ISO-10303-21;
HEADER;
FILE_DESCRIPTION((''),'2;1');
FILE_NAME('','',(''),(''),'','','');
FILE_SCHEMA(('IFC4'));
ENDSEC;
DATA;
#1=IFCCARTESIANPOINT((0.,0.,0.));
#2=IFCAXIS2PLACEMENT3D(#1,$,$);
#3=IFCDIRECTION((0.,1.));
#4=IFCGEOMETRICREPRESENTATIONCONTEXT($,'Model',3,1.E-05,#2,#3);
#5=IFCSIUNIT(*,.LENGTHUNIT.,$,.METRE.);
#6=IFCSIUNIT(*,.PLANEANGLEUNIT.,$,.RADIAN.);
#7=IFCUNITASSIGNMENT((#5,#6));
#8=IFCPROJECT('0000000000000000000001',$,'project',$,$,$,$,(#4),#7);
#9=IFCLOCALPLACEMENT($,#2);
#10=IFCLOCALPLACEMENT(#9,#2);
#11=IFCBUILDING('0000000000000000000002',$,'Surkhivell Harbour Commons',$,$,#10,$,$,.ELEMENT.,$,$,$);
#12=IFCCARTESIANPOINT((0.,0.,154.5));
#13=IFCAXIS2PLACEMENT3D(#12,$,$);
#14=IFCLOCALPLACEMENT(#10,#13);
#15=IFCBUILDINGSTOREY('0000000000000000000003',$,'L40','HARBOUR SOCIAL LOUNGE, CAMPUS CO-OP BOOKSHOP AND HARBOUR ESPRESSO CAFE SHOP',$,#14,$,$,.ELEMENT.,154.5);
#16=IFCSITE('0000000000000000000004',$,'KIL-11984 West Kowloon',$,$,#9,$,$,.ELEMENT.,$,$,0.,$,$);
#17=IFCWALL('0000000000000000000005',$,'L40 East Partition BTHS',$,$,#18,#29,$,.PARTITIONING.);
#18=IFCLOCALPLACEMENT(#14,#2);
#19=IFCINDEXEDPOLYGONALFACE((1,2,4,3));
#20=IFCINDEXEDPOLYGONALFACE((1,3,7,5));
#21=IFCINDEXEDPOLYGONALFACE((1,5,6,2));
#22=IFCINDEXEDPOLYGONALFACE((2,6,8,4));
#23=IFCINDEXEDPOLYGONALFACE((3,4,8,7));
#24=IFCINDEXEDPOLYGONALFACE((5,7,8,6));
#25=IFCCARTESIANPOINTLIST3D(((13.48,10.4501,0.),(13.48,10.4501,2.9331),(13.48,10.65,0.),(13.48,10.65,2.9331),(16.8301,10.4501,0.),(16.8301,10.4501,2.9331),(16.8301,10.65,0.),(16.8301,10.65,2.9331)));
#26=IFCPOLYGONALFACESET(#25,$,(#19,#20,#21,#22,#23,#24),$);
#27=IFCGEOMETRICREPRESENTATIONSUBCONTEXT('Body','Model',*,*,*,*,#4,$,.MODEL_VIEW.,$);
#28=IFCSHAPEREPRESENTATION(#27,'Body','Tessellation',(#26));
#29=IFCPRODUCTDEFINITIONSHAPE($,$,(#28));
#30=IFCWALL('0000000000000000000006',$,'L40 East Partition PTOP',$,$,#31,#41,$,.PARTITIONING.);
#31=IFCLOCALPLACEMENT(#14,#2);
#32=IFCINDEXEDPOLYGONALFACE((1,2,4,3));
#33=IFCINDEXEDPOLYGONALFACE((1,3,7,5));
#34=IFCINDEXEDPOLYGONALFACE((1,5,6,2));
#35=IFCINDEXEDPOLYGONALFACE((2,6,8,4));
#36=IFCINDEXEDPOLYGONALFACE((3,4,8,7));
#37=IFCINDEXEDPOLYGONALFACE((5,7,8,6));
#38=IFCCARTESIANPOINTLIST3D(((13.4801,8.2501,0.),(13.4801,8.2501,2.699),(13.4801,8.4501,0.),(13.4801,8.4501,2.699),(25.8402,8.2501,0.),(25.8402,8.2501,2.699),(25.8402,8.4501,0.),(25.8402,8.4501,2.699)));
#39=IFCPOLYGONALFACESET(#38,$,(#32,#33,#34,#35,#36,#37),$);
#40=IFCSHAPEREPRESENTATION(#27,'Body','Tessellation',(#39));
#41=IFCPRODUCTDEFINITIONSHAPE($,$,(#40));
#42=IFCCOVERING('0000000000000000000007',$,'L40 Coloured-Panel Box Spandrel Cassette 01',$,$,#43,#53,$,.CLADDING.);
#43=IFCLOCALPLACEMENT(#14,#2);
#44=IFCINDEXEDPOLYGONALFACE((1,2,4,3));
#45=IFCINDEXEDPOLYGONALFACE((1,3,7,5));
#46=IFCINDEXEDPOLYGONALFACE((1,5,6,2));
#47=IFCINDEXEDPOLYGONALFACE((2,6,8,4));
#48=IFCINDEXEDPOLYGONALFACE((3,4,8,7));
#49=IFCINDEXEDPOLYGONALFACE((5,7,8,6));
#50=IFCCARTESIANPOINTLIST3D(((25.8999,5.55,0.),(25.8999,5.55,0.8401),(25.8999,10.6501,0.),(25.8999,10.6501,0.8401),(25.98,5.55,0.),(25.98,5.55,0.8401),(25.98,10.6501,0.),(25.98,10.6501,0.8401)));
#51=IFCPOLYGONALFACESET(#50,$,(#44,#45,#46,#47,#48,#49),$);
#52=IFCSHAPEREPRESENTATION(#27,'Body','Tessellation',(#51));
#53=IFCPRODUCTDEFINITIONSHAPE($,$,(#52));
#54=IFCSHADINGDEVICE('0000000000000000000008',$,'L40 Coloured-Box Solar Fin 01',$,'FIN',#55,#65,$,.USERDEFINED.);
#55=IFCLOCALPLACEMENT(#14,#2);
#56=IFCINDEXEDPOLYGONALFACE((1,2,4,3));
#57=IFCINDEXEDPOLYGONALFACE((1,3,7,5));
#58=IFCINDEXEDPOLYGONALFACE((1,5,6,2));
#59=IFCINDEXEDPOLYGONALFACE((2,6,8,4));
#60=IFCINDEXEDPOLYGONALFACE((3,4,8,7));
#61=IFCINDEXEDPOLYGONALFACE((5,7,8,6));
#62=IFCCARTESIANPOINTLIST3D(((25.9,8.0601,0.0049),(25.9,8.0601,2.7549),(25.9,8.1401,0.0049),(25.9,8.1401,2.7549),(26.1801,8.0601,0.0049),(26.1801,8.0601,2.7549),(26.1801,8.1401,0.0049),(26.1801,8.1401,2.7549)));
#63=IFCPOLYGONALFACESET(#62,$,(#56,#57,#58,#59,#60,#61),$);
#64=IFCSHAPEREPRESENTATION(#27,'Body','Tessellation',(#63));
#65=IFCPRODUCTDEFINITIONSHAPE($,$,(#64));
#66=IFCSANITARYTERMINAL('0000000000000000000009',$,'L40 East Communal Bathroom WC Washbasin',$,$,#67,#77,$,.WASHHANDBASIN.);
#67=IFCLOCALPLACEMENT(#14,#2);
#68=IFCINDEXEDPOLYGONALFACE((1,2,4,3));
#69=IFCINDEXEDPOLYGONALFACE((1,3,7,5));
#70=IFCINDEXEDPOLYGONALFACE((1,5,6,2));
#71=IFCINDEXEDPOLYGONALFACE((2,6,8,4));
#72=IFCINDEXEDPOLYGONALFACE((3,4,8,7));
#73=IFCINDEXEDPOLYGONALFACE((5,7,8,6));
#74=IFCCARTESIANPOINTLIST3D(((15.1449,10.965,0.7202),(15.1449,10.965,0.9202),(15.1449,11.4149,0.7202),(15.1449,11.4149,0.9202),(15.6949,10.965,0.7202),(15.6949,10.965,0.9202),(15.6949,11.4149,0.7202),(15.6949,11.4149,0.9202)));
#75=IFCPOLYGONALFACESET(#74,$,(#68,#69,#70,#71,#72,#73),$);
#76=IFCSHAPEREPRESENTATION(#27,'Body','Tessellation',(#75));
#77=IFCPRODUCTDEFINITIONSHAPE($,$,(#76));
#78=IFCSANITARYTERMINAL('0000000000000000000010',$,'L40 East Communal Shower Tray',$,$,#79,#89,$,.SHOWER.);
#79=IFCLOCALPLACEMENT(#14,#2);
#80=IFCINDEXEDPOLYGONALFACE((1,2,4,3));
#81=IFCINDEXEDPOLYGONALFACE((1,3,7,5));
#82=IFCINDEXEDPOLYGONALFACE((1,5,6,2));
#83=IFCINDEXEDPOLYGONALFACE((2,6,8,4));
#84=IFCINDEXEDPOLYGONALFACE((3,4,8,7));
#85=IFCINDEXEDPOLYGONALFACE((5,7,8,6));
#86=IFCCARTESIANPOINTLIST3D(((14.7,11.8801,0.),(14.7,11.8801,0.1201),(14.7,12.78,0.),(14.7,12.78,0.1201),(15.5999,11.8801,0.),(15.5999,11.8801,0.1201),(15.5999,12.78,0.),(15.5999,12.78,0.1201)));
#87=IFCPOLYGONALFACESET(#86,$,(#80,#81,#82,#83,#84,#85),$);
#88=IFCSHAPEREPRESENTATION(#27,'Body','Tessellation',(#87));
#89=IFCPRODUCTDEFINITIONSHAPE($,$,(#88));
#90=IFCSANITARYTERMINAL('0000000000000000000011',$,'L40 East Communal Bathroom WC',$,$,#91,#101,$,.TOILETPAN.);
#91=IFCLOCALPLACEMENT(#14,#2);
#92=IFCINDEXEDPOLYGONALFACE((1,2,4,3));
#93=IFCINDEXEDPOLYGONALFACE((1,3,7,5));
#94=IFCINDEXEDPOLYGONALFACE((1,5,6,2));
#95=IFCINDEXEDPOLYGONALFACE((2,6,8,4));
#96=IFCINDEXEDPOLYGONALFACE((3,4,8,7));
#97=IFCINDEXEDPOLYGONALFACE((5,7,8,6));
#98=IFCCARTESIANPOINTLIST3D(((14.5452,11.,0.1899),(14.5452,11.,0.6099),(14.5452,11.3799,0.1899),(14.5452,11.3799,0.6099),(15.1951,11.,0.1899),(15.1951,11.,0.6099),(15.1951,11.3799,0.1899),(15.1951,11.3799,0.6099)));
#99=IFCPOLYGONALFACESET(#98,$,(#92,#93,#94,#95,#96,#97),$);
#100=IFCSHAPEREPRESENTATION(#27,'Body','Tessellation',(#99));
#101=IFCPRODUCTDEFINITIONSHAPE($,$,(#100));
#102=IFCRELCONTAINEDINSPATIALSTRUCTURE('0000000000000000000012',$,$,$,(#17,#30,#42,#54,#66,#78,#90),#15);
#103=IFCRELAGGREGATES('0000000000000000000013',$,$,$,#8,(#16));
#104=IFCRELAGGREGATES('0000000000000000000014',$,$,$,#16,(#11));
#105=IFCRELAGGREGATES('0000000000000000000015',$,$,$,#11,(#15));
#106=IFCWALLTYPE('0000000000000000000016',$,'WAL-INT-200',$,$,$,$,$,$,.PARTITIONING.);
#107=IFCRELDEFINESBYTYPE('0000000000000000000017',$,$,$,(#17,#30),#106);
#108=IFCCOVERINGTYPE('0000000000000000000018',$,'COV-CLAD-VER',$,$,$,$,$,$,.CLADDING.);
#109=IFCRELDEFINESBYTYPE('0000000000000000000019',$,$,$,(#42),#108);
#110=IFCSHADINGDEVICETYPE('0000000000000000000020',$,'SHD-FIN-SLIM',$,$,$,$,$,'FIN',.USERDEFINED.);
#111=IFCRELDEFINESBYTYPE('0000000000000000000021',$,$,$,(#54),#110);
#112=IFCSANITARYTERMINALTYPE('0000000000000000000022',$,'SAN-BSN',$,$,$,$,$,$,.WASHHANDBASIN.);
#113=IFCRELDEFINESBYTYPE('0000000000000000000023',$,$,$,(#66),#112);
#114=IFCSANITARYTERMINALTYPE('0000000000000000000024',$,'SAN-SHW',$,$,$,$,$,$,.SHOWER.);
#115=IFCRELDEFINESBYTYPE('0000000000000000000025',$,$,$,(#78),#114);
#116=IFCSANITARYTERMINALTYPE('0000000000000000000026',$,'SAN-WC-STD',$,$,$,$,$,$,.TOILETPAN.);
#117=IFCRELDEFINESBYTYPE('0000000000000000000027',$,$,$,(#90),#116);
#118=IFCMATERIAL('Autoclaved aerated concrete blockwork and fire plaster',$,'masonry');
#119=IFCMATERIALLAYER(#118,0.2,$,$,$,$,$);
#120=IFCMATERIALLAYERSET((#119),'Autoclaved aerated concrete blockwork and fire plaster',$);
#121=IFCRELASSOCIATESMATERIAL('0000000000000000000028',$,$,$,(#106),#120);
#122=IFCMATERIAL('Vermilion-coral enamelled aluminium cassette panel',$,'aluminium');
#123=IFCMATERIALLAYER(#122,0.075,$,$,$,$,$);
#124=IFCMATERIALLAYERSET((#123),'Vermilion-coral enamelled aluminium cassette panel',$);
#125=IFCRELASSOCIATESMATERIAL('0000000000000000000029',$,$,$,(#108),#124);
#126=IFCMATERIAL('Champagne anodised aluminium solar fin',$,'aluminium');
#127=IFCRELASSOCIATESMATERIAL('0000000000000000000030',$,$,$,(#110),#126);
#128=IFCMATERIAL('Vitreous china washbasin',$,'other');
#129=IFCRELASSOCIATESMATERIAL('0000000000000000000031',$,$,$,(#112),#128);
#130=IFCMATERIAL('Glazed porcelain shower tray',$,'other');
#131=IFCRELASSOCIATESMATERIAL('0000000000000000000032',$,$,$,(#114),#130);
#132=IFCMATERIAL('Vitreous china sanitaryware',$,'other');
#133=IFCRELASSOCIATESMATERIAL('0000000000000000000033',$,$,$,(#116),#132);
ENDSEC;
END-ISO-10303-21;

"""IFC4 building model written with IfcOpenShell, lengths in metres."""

from ifc_helpers import new_model, si_unit, direction, frame, frame_2d, origin, origin_2d, place, context, subcontext, project, spatial, rectangle, extrude, material, layer, layer_set, type_object, element, save


model = new_model("IFC4")

# Units and contexts
model_context = context("Model", 3, precision=1e-05, world=origin(), true_north=direction((0.0, 1.0)))
body_context = subcontext(model_context, "Body", "Model", "MODEL_VIEW")
ifc_project = project(units=[si_unit("LENGTHUNIT", "METRE"), si_unit("PLANEANGLEUNIT", "RADIAN")], contexts=[model_context])

# Site, building, storey
site_placement = place(None, origin())
site = spatial("IfcSite", under=ifc_project, at=site_placement, Name="KIL-11984 West Kowloon", CompositionType="ELEMENT", RefElevation=0.0)
building_placement = place(site_placement, origin())
building = spatial("IfcBuilding", under=site, at=building_placement, Name="Surkhivell Harbour Commons", CompositionType="ELEMENT")
storey_placement = place(building_placement, frame((0.0, 0.0, 154.5)))
storey = spatial("IfcBuildingStorey", under=building, at=storey_placement, Name="L40", Description="HARBOUR SOCIAL LOUNGE, CAMPUS CO-OP BOOKSHOP AND HARBOUR ESPRESSO CAFE SHOP", CompositionType="ELEMENT", Elevation=154.5)

# Walls
ifc_material_1 = material(Name="Autoclaved aerated concrete blockwork and fire plaster", Category="masonry")
ifc_layer_1 = layer(ifc_material_1, 0.2)
ifc_layer_set_1 = layer_set([ifc_layer_1], Name="Autoclaved aerated concrete blockwork and fire plaster")
wall_type_1 = type_object("IfcWallType", Name="WAL-INT-200", PredefinedType="PARTITIONING", material=ifc_layer_set_1)
wall_1_placement = place(storey_placement, frame((13.48, 10.55, 0.0), z_axis=(0.0, 0.0, 1.0), x_axis=(1.0, 0.0, 0.0)))
element("IfcWall", 1, at=wall_1_placement, inside=storey, type_object=wall_type_1, Name="L40 East Partition BTHS", PredefinedType="PARTITIONING", context=body_context, shape_type="SweptSolid", body=[
    extrude(rectangle(XDim=3.3501, YDim=0.2, at=frame_2d((1.675, 0.0))), origin(), (0.0, 0.0, 1.0), 2.9331),
])
wall_2_placement = place(storey_placement, frame((13.48, 8.3501, 0.0), z_axis=(0.0, 0.0, 1.0), x_axis=(1.0, 0.0, 0.0)))
element("IfcWall", 2, at=wall_2_placement, inside=storey, type_object=wall_type_1, Name="L40 East Partition PTOP", PredefinedType="PARTITIONING", context=body_context, shape_type="SweptSolid", body=[
    extrude(rectangle(XDim=12.3601, YDim=0.2, at=frame_2d((6.1802, 0.0))), origin(), (0.0, 0.0, 1.0), 2.699),
])

# Covering
ifc_material_2 = material(Name="Vermilion-coral enamelled aluminium cassette panel", Category="aluminium")
ifc_layer_2 = layer(ifc_material_2, 0.075)
ifc_layer_set_2 = layer_set([ifc_layer_2], Name="Vermilion-coral enamelled aluminium cassette panel")
covering_type = type_object("IfcCoveringType", Name="COV-CLAD-VER", PredefinedType="CLADDING", material=ifc_layer_set_2)
covering_placement = place(storey_placement, frame((25.9399, 8.1001, 0.0), z_axis=(0.0, 0.0, 1.0), x_axis=(1.0, 0.0, 0.0)))
element("IfcCovering", 3, at=covering_placement, inside=storey, type_object=covering_type, Name="L40 Coloured-Panel Box Spandrel Cassette 01", PredefinedType="CLADDING", context=body_context, shape_type="SweptSolid", body=[
    extrude(rectangle(XDim=0.0801, YDim=5.1001, at=origin_2d()), origin(), (0.0, 0.0, 1.0), 0.8401),
])

# Shading device
ifc_material_3 = material(Name="Champagne anodised aluminium solar fin", Category="aluminium")
shading_device_type = type_object("IfcShadingDeviceType", Name="SHD-FIN-SLIM", ElementType="FIN", PredefinedType="USERDEFINED", material=ifc_material_3)
shading_device_placement = place(storey_placement, frame((26.04, 8.1001, 0.0049), z_axis=(0.0, 0.0, 1.0), x_axis=(1.0, 0.0, 0.0)))
element("IfcShadingDevice", 4, at=shading_device_placement, inside=storey, type_object=shading_device_type, Name="L40 Coloured-Box Solar Fin 01", ObjectType="FIN", PredefinedType="USERDEFINED", context=body_context, shape_type="SweptSolid", body=[
    extrude(rectangle(XDim=0.28, YDim=0.0801, at=origin_2d()), origin(), (0.0, 0.0, 1.0), 2.75),
])

# Sanitary terminals
ifc_material_4 = material(Name="Vitreous china washbasin", Category="other")
sanitary_terminal_type_1 = type_object("IfcSanitaryTerminalType", Name="SAN-BSN", PredefinedType="WASHHANDBASIN", material=ifc_material_4)
sanitary_terminal_1_placement = place(storey_placement, frame((15.4199, 11.1899, 0.7202), z_axis=(0.0, 0.0, 1.0), x_axis=(1.0, 0.0, 0.0)))
element("IfcSanitaryTerminal", 5, at=sanitary_terminal_1_placement, inside=storey, type_object=sanitary_terminal_type_1, Name="L40 East Communal Bathroom WC Washbasin", PredefinedType="WASHHANDBASIN", context=body_context, shape_type="SweptSolid", body=[
    extrude(rectangle(XDim=0.55, YDim=0.45, at=origin_2d()), origin(), (0.0, 0.0, 1.0), 0.2),
])
ifc_material_5 = material(Name="Glazed porcelain shower tray", Category="other")
sanitary_terminal_type_2 = type_object("IfcSanitaryTerminalType", Name="SAN-SHW", PredefinedType="SHOWER", material=ifc_material_5)
sanitary_terminal_2_placement = place(storey_placement, frame((15.1499, 12.3301, 0.0), z_axis=(0.0, 0.0, 1.0), x_axis=(1.0, 0.0, 0.0)))
element("IfcSanitaryTerminal", 6, at=sanitary_terminal_2_placement, inside=storey, type_object=sanitary_terminal_type_2, Name="L40 East Communal Shower Tray", PredefinedType="SHOWER", context=body_context, shape_type="SweptSolid", body=[
    extrude(rectangle(XDim=0.8999, YDim=0.8999, at=origin_2d()), origin(), (0.0, 0.0, 1.0), 0.1201),
])
ifc_material_6 = material(Name="Vitreous china sanitaryware", Category="other")
sanitary_terminal_type_3 = type_object("IfcSanitaryTerminalType", Name="SAN-WC-STD", PredefinedType="TOILETPAN", material=ifc_material_6)
sanitary_terminal_3_placement = place(storey_placement, frame((14.8701, 11.1899, 0.1899), z_axis=(0.0, 0.0, 1.0), x_axis=(1.0, 0.0, 0.0)))
element("IfcSanitaryTerminal", 7, at=sanitary_terminal_3_placement, inside=storey, type_object=sanitary_terminal_type_3, Name="L40 East Communal Bathroom WC", PredefinedType="TOILETPAN", context=body_context, shape_type="SweptSolid", body=[
    extrude(rectangle(XDim=0.6499, YDim=0.3799, at=origin_2d()), origin(), (0.0, 0.0, 1.0), 0.4199),
])

save(model, "model.ifc")
